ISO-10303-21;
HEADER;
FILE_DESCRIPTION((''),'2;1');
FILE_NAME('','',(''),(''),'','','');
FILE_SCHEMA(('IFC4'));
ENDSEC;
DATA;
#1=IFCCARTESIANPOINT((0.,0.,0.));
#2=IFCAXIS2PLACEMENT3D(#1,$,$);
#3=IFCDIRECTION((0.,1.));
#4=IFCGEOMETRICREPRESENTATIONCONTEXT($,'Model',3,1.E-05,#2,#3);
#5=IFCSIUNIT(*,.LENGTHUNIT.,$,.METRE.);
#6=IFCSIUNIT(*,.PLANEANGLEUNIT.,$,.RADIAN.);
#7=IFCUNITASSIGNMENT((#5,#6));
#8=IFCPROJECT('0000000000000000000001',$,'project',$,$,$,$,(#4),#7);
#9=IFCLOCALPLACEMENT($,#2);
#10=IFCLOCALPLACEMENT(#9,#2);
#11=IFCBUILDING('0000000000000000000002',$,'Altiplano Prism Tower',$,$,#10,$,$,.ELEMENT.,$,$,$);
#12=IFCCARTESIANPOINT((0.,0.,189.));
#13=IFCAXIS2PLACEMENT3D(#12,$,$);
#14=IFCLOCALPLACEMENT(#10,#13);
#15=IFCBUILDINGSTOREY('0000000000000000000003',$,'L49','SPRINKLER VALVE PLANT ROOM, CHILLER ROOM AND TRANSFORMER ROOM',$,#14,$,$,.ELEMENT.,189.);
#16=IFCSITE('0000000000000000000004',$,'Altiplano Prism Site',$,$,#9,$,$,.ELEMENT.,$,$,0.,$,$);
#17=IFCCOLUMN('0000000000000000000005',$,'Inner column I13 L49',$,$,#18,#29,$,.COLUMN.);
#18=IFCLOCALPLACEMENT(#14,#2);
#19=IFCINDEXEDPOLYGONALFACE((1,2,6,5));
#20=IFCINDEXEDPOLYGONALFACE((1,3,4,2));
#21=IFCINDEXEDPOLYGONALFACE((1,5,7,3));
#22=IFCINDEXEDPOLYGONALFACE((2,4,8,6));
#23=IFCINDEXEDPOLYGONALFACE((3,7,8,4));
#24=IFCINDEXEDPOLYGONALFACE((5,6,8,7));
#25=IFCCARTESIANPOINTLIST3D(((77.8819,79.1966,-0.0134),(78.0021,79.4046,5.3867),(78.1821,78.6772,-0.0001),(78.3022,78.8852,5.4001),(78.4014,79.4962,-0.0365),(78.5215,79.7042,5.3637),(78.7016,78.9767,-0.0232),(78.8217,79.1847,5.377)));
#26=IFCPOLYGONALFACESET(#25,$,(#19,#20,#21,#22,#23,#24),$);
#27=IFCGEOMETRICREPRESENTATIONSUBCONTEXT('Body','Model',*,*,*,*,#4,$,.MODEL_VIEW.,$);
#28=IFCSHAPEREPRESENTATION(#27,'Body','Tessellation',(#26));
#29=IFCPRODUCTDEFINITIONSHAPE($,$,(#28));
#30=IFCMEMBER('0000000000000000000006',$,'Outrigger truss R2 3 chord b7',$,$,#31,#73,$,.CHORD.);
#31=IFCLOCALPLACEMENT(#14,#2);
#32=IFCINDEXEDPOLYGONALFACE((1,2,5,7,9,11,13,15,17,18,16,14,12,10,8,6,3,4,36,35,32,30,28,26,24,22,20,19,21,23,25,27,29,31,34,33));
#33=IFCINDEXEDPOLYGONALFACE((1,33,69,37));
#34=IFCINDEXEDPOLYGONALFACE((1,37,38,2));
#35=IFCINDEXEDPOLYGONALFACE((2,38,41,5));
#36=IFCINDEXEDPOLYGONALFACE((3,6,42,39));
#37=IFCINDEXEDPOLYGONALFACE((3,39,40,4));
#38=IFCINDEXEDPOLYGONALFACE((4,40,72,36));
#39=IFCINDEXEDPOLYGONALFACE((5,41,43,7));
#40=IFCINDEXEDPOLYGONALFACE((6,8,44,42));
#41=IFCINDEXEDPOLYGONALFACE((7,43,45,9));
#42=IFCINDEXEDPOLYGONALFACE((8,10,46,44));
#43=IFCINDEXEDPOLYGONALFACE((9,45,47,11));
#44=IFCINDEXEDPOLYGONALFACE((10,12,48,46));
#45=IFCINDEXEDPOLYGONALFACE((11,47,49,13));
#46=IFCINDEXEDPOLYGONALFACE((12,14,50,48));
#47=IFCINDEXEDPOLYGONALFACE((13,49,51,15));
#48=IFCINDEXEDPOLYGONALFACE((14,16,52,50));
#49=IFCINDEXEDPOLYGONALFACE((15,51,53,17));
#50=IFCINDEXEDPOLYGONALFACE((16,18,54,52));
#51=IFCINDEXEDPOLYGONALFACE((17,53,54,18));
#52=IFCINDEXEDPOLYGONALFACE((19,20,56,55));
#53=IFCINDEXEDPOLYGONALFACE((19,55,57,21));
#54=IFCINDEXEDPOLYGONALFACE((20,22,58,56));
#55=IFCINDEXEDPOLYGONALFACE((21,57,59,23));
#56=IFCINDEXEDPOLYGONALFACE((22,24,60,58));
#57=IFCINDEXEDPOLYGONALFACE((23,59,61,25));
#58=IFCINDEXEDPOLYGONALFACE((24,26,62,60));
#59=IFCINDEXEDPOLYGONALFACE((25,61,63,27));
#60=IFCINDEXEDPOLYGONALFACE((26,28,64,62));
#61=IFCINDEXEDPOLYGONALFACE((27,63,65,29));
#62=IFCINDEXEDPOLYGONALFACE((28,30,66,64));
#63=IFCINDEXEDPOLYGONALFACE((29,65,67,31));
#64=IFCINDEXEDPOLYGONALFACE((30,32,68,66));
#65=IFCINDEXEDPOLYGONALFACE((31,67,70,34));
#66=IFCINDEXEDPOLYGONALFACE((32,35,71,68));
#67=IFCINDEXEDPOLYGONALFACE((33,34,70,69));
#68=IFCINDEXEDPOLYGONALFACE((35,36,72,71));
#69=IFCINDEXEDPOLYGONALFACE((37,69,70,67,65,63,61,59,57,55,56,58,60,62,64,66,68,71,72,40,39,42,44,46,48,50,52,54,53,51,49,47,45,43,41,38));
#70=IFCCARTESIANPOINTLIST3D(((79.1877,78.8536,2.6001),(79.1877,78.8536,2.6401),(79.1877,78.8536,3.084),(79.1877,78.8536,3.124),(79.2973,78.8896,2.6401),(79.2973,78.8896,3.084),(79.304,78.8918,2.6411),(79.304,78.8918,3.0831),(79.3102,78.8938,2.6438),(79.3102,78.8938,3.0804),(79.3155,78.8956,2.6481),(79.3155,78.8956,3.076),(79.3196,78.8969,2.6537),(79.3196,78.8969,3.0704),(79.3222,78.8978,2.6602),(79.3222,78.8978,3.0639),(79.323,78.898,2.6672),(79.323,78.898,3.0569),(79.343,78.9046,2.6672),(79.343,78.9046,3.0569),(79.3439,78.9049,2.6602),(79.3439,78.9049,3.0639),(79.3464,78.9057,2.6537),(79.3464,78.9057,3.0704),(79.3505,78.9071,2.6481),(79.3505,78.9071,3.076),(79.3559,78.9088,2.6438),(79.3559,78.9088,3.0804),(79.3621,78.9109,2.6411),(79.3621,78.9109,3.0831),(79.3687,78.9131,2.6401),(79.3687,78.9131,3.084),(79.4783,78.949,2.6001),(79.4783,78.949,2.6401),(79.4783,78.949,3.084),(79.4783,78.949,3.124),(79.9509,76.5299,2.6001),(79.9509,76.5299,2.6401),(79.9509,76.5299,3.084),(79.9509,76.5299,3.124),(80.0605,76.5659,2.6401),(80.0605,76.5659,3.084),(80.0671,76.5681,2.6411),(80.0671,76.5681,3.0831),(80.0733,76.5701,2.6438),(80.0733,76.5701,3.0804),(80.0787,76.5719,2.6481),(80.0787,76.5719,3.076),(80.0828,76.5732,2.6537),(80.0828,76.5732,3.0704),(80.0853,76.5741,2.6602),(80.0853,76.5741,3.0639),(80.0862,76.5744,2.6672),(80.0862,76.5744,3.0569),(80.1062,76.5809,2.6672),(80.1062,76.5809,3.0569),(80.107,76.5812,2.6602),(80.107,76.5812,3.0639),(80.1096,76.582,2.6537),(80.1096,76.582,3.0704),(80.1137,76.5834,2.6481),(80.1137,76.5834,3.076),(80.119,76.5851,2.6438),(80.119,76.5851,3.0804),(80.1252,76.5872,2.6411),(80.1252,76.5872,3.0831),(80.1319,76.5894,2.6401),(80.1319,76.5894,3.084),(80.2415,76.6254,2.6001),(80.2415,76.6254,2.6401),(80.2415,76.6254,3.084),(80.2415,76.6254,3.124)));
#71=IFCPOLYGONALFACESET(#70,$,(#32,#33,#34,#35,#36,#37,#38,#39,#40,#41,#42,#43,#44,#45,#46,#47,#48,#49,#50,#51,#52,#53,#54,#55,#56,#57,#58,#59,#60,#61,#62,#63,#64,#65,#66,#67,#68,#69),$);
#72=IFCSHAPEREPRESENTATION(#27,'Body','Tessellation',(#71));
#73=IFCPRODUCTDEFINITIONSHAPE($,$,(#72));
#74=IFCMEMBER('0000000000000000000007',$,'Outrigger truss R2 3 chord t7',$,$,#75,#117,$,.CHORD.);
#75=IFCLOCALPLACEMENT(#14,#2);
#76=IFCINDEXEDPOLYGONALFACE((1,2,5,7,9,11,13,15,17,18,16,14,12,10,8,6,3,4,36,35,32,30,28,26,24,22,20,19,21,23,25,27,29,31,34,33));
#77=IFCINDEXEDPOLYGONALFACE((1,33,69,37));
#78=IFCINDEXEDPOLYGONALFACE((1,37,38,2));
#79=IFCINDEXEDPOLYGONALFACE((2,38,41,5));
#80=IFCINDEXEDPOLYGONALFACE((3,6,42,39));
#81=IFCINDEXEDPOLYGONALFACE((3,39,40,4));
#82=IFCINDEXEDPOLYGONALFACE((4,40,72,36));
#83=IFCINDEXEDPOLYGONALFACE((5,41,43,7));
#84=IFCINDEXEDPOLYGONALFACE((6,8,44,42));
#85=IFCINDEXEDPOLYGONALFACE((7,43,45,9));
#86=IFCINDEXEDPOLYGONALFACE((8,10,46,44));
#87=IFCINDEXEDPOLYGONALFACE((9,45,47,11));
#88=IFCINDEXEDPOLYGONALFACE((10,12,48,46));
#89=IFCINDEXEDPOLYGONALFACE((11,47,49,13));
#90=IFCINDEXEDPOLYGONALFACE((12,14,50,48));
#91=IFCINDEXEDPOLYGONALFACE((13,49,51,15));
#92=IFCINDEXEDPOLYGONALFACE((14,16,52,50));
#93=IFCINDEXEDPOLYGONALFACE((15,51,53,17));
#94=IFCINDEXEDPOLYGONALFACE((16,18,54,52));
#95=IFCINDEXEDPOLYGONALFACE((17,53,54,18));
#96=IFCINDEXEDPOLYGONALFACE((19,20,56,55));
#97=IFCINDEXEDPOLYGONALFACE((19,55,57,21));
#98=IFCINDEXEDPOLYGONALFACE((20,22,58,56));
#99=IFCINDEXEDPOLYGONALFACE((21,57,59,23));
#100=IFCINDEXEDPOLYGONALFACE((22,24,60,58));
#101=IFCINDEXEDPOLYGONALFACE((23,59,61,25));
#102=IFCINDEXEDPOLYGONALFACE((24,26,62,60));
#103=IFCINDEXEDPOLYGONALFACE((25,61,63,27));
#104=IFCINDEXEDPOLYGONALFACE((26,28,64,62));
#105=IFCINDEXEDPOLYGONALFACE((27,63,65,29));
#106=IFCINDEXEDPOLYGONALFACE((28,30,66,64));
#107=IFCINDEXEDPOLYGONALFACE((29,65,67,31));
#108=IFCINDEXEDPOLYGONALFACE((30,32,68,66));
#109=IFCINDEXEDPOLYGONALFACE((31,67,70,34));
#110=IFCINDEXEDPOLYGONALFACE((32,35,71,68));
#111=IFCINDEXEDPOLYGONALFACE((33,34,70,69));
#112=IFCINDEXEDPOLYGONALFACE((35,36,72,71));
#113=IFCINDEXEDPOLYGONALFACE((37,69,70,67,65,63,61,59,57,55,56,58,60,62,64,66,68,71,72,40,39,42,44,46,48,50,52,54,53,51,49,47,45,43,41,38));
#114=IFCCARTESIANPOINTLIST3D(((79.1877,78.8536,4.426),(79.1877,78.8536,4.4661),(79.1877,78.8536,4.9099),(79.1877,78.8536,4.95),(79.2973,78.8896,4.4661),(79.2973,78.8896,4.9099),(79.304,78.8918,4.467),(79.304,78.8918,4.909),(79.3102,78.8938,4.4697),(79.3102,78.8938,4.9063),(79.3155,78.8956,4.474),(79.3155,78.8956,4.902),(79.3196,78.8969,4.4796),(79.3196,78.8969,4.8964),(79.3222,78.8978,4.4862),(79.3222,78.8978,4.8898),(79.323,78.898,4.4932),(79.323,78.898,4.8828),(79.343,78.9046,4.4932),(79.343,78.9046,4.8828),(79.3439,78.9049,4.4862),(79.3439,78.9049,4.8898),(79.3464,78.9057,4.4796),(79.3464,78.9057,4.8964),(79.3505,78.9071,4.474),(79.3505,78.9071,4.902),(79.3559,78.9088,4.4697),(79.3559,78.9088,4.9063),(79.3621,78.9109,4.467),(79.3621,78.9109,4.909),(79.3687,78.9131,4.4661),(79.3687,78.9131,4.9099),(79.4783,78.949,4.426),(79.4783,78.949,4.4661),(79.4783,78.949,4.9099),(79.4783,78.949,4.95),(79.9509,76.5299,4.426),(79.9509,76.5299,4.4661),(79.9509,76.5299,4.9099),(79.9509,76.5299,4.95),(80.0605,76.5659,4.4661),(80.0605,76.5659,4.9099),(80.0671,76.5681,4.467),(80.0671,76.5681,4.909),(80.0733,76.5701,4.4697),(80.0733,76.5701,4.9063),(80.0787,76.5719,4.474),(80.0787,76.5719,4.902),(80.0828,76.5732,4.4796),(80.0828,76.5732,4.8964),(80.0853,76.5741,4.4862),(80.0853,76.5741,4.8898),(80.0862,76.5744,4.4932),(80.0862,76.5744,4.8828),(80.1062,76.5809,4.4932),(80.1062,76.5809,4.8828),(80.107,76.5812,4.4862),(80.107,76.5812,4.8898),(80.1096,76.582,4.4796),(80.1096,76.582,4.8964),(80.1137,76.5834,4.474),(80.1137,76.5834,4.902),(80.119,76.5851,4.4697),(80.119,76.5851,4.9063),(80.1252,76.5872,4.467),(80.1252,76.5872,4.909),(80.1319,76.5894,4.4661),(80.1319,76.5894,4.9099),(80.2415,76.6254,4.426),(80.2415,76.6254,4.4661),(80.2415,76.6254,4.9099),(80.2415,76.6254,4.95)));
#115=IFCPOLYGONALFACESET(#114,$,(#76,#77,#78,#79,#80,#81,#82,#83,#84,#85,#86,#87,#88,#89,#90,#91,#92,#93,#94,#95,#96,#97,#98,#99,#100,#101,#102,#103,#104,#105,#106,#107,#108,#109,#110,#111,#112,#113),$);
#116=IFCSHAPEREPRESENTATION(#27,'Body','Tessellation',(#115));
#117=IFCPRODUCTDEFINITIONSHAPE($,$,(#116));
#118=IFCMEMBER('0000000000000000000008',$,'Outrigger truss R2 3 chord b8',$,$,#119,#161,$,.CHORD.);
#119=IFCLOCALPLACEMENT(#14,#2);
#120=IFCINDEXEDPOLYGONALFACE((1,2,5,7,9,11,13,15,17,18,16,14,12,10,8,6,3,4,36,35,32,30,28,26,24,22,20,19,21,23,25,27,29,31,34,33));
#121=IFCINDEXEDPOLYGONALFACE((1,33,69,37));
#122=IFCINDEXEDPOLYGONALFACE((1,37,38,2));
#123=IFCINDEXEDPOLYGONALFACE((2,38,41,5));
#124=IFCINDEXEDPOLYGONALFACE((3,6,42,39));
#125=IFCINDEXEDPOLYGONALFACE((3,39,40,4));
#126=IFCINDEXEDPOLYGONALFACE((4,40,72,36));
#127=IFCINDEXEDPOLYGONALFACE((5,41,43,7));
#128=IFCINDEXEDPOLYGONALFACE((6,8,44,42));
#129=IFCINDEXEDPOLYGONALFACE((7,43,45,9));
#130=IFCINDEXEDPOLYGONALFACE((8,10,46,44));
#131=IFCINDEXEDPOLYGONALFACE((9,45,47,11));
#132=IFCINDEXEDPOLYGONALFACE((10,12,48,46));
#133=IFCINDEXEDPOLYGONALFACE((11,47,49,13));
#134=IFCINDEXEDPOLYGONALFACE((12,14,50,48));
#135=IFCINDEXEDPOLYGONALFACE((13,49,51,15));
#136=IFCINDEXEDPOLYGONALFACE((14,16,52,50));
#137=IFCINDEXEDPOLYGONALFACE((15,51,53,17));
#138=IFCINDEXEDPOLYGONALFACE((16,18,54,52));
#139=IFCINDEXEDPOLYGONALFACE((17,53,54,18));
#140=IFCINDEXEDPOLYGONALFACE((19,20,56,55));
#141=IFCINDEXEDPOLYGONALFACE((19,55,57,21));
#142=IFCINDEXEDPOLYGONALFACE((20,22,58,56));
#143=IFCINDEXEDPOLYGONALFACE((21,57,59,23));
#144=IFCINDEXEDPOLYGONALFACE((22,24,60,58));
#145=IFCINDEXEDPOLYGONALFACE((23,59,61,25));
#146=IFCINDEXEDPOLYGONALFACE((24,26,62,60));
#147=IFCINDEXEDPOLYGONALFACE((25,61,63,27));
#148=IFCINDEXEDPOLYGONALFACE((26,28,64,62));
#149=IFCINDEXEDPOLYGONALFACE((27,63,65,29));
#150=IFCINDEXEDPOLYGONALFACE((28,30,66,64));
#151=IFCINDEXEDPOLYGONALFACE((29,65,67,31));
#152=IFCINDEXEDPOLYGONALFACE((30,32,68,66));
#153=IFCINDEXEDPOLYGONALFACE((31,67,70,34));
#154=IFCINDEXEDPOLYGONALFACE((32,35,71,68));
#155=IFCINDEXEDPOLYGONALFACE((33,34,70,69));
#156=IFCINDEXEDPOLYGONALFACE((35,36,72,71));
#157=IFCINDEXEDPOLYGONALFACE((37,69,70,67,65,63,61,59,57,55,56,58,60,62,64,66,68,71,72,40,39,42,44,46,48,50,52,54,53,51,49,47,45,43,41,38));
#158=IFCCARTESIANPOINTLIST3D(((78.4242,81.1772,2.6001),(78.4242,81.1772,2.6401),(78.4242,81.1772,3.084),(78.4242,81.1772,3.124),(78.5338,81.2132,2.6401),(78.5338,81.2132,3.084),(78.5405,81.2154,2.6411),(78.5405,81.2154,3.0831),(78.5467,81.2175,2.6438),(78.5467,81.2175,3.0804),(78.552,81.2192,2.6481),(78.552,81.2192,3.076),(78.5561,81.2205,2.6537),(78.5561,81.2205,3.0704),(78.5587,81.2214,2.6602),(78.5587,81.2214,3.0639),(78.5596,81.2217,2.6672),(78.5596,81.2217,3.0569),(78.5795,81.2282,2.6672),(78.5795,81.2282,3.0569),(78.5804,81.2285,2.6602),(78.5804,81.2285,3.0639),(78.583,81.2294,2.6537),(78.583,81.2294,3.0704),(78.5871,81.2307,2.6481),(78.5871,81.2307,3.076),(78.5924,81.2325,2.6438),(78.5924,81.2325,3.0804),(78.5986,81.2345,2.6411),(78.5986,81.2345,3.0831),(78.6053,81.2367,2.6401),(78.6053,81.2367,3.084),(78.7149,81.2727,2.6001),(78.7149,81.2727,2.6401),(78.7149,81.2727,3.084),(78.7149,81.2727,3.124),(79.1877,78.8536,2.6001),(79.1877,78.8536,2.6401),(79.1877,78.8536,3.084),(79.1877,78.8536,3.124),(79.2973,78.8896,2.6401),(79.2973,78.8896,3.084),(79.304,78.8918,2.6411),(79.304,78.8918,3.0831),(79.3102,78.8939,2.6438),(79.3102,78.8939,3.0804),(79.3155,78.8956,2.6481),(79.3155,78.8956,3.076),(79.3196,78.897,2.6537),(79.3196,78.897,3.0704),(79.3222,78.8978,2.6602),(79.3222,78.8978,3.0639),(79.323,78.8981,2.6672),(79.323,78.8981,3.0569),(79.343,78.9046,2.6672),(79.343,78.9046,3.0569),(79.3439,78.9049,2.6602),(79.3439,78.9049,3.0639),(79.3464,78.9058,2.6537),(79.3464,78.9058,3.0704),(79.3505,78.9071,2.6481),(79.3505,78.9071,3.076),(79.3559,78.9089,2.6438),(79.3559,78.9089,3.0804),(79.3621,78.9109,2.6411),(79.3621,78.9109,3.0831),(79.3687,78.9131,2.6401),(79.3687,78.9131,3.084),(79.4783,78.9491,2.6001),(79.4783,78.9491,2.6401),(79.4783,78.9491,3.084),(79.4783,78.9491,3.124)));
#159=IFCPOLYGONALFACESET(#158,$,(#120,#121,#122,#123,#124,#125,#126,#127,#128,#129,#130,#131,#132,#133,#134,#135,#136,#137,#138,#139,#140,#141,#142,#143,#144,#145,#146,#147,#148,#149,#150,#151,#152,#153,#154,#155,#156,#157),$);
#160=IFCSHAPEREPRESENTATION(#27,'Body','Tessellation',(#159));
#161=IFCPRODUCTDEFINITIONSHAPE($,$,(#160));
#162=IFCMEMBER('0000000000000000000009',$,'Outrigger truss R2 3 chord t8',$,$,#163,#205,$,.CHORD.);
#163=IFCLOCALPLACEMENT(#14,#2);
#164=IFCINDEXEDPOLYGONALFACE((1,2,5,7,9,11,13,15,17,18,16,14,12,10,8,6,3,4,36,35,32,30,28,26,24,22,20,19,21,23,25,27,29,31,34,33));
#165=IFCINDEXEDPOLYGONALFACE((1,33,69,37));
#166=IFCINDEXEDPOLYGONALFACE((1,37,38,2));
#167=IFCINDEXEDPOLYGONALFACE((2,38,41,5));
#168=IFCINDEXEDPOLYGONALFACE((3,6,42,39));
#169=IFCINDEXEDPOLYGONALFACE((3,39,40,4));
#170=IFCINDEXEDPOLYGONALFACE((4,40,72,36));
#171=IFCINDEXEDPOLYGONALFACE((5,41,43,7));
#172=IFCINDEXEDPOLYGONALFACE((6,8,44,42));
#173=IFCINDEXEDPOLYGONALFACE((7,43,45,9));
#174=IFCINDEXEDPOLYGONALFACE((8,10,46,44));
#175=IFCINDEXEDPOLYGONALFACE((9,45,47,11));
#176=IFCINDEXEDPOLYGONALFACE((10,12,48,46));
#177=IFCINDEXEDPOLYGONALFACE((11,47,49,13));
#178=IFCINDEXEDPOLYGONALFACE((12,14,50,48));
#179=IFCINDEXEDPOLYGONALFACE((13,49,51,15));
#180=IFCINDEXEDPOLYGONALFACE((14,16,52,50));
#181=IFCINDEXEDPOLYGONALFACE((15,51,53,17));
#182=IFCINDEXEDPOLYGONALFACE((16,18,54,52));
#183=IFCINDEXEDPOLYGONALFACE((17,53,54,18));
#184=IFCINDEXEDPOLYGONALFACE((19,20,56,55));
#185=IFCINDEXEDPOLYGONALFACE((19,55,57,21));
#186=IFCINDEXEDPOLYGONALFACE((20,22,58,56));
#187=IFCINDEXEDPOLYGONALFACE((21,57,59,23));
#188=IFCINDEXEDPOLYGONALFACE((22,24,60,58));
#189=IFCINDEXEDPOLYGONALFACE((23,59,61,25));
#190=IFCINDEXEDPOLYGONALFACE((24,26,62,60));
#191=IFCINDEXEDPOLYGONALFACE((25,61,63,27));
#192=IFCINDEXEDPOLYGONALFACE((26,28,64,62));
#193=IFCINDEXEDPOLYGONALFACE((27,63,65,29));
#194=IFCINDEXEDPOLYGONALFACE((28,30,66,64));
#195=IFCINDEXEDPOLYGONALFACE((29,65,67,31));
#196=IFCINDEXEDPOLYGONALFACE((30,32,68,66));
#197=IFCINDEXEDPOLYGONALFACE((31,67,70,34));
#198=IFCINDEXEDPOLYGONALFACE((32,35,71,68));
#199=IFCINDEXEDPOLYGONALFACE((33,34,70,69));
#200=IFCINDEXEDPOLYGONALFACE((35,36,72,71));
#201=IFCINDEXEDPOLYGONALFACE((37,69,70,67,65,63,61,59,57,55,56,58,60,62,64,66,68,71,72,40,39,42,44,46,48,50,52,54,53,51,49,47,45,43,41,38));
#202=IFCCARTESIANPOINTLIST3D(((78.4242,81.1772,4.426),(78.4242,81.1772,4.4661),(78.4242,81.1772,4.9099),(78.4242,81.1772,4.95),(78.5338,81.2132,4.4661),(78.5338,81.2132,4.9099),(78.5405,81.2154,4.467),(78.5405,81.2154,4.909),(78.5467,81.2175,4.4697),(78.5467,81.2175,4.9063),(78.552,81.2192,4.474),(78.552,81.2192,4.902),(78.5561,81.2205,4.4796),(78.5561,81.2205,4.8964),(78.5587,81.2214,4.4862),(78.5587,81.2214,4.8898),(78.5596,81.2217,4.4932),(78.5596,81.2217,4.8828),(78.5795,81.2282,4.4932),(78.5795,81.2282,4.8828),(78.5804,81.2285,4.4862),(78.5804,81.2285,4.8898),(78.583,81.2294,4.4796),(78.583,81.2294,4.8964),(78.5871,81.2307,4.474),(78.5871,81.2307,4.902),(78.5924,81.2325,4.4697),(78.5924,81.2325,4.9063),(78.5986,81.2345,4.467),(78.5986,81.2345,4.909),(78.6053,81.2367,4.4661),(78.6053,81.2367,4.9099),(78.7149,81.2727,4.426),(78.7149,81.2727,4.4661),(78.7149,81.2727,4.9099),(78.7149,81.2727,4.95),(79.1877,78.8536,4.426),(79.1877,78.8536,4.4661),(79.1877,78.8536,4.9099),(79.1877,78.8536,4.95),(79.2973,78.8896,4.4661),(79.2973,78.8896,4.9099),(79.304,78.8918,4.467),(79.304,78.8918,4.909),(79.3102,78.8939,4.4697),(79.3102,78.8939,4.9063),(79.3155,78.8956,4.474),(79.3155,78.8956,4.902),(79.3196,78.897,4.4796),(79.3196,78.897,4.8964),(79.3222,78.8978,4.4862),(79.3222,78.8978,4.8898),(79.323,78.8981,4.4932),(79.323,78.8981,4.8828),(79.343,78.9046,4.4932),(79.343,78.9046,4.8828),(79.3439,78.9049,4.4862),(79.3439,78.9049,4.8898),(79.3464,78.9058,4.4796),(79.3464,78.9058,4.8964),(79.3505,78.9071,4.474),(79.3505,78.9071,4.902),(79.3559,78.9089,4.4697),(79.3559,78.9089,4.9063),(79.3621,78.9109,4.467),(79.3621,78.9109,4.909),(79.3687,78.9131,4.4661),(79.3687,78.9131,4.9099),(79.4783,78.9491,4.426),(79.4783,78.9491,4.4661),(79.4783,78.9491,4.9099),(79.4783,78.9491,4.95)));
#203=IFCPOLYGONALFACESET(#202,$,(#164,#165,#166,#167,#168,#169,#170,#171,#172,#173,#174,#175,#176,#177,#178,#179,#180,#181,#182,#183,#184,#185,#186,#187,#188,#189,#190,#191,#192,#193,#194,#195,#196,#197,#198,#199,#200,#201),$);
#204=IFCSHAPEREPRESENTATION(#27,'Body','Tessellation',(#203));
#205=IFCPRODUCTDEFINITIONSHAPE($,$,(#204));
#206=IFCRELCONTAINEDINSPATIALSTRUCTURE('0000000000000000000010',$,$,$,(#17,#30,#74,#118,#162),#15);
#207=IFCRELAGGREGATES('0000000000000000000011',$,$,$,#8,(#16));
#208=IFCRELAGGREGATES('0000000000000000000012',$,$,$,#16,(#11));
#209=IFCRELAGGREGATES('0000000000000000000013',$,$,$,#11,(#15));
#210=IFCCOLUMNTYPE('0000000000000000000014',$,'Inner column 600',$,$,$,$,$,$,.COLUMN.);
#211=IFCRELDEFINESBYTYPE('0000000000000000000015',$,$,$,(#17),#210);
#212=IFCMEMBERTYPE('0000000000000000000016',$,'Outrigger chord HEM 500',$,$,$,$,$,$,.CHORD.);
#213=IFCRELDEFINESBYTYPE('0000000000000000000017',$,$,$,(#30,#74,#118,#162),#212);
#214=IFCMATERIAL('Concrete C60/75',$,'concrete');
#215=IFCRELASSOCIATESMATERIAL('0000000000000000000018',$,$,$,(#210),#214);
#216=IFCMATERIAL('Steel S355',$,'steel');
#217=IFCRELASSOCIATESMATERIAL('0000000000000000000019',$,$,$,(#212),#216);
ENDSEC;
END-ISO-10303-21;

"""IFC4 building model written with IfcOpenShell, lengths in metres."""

from ifc_helpers import new_model, si_unit, direction, frame, origin, origin_2d, place, context, subcontext, project, spatial, rectangle, i_section, extrude, material, material_profile, profile_set, type_object, element, save


model = new_model("IFC4")

# Units and contexts
model_context = context("Model", 3, precision=1e-05, world=origin(), true_north=direction((0.0, 1.0)))
body_context = subcontext(model_context, "Body", "Model", "MODEL_VIEW")
ifc_project = project(units=[si_unit("LENGTHUNIT", "METRE"), si_unit("PLANEANGLEUNIT", "RADIAN")], contexts=[model_context])

# Site, building, storey
site_placement = place(None, origin())
site = spatial("IfcSite", under=ifc_project, at=site_placement, Name="Altiplano Prism Site", CompositionType="ELEMENT", RefElevation=0.0)
building_placement = place(site_placement, origin())
building = spatial("IfcBuilding", under=site, at=building_placement, Name="Altiplano Prism Tower", CompositionType="ELEMENT")
storey_placement = place(building_placement, frame((0.0, 0.0, 189.0)))
storey = spatial("IfcBuildingStorey", under=building, at=storey_placement, Name="L49", Description="SPRINKLER VALVE PLANT ROOM, CHILLER ROOM AND TRANSFORMER ROOM", CompositionType="ELEMENT", Elevation=189.0)

# Column
ifc_material_1 = material(Name="Concrete C60/75", Category="concrete")
ifc_material_profile_1 = material_profile(ifc_material_1, rectangle(XDim=0.6001, YDim=0.6001, at=origin_2d()), Name="Inner column 600")
ifc_profile_set_1 = profile_set([ifc_material_profile_1], Name="Concrete C60/75")
column_type = type_object("IfcColumnType", Name="Inner column 600", PredefinedType="COLUMN", material=ifc_profile_set_1)
column_placement = place(storey_placement, frame((78.2917, 79.0867, -0.0183), z_axis=(0.022221, 0.038481, 0.999012), x_axis=(-0.865641, -0.499184, 0.038483)))
element("IfcColumn", 1, at=column_placement, inside=storey, type_object=column_type, Name="Inner column I13 L49", PredefinedType="COLUMN", context=body_context, shape_type="SweptSolid", body=[
    extrude(rectangle(XDim=0.6001, YDim=0.6001, at=origin_2d()), origin(), (0.0, 0.0, 1.0), 5.4055),
])

# Members
ifc_material_2 = material(Name="Steel S355", Category="steel")
ifc_material_profile_2 = material_profile(ifc_material_2, i_section(OverallWidth=0.3059, OverallDepth=0.5239, WebThickness=0.021, FlangeThickness=0.04, FilletRadius=0.0271, at=origin_2d()), Name="Outrigger chord HEM 500")
ifc_profile_set_2 = profile_set([ifc_material_profile_2], Name="Steel S355")
member_type_1 = type_object("IfcMemberType", Name="Outrigger chord HEM 500", PredefinedType="CHORD", material=ifc_profile_set_2)
for number, where, z_axis, x_axis, name in (
    (2, (80.0962, 76.5776, 2.8621), (-0.312032, 0.950071, 0.0), (-0.950071, -0.312032, 0.0), "Outrigger truss R2 3 chord b7"),
    (3, (80.0962, 76.5776, 4.688), (-0.312032, 0.950071, 0.0), (-0.950071, -0.312032, 0.0), "Outrigger truss R2 3 chord t7"),
    (4, (79.333, 78.9014, 2.8621), (-0.312152, 0.950032, 0.0), (-0.950032, -0.312152, 0.0), "Outrigger truss R2 3 chord b8"),
    (5, (79.333, 78.9014, 4.688), (-0.312152, 0.950032, 0.0), (-0.950032, -0.312152, 0.0), "Outrigger truss R2 3 chord t8"),
):
    element("IfcMember", number, at=place(storey_placement, frame(where, z_axis=z_axis, x_axis=x_axis)), inside=storey, type_object=member_type_1, Name=name, PredefinedType="CHORD", context=body_context, shape_type="SweptSolid", body=[
        extrude(i_section(OverallWidth=0.3059, OverallDepth=0.5239, WebThickness=0.021, FlangeThickness=0.04, FilletRadius=0.0271, at=origin_2d()), origin(), (0.0, 0.0, 1.0), 2.4458),
    ])

save(model, "model.ifc")
